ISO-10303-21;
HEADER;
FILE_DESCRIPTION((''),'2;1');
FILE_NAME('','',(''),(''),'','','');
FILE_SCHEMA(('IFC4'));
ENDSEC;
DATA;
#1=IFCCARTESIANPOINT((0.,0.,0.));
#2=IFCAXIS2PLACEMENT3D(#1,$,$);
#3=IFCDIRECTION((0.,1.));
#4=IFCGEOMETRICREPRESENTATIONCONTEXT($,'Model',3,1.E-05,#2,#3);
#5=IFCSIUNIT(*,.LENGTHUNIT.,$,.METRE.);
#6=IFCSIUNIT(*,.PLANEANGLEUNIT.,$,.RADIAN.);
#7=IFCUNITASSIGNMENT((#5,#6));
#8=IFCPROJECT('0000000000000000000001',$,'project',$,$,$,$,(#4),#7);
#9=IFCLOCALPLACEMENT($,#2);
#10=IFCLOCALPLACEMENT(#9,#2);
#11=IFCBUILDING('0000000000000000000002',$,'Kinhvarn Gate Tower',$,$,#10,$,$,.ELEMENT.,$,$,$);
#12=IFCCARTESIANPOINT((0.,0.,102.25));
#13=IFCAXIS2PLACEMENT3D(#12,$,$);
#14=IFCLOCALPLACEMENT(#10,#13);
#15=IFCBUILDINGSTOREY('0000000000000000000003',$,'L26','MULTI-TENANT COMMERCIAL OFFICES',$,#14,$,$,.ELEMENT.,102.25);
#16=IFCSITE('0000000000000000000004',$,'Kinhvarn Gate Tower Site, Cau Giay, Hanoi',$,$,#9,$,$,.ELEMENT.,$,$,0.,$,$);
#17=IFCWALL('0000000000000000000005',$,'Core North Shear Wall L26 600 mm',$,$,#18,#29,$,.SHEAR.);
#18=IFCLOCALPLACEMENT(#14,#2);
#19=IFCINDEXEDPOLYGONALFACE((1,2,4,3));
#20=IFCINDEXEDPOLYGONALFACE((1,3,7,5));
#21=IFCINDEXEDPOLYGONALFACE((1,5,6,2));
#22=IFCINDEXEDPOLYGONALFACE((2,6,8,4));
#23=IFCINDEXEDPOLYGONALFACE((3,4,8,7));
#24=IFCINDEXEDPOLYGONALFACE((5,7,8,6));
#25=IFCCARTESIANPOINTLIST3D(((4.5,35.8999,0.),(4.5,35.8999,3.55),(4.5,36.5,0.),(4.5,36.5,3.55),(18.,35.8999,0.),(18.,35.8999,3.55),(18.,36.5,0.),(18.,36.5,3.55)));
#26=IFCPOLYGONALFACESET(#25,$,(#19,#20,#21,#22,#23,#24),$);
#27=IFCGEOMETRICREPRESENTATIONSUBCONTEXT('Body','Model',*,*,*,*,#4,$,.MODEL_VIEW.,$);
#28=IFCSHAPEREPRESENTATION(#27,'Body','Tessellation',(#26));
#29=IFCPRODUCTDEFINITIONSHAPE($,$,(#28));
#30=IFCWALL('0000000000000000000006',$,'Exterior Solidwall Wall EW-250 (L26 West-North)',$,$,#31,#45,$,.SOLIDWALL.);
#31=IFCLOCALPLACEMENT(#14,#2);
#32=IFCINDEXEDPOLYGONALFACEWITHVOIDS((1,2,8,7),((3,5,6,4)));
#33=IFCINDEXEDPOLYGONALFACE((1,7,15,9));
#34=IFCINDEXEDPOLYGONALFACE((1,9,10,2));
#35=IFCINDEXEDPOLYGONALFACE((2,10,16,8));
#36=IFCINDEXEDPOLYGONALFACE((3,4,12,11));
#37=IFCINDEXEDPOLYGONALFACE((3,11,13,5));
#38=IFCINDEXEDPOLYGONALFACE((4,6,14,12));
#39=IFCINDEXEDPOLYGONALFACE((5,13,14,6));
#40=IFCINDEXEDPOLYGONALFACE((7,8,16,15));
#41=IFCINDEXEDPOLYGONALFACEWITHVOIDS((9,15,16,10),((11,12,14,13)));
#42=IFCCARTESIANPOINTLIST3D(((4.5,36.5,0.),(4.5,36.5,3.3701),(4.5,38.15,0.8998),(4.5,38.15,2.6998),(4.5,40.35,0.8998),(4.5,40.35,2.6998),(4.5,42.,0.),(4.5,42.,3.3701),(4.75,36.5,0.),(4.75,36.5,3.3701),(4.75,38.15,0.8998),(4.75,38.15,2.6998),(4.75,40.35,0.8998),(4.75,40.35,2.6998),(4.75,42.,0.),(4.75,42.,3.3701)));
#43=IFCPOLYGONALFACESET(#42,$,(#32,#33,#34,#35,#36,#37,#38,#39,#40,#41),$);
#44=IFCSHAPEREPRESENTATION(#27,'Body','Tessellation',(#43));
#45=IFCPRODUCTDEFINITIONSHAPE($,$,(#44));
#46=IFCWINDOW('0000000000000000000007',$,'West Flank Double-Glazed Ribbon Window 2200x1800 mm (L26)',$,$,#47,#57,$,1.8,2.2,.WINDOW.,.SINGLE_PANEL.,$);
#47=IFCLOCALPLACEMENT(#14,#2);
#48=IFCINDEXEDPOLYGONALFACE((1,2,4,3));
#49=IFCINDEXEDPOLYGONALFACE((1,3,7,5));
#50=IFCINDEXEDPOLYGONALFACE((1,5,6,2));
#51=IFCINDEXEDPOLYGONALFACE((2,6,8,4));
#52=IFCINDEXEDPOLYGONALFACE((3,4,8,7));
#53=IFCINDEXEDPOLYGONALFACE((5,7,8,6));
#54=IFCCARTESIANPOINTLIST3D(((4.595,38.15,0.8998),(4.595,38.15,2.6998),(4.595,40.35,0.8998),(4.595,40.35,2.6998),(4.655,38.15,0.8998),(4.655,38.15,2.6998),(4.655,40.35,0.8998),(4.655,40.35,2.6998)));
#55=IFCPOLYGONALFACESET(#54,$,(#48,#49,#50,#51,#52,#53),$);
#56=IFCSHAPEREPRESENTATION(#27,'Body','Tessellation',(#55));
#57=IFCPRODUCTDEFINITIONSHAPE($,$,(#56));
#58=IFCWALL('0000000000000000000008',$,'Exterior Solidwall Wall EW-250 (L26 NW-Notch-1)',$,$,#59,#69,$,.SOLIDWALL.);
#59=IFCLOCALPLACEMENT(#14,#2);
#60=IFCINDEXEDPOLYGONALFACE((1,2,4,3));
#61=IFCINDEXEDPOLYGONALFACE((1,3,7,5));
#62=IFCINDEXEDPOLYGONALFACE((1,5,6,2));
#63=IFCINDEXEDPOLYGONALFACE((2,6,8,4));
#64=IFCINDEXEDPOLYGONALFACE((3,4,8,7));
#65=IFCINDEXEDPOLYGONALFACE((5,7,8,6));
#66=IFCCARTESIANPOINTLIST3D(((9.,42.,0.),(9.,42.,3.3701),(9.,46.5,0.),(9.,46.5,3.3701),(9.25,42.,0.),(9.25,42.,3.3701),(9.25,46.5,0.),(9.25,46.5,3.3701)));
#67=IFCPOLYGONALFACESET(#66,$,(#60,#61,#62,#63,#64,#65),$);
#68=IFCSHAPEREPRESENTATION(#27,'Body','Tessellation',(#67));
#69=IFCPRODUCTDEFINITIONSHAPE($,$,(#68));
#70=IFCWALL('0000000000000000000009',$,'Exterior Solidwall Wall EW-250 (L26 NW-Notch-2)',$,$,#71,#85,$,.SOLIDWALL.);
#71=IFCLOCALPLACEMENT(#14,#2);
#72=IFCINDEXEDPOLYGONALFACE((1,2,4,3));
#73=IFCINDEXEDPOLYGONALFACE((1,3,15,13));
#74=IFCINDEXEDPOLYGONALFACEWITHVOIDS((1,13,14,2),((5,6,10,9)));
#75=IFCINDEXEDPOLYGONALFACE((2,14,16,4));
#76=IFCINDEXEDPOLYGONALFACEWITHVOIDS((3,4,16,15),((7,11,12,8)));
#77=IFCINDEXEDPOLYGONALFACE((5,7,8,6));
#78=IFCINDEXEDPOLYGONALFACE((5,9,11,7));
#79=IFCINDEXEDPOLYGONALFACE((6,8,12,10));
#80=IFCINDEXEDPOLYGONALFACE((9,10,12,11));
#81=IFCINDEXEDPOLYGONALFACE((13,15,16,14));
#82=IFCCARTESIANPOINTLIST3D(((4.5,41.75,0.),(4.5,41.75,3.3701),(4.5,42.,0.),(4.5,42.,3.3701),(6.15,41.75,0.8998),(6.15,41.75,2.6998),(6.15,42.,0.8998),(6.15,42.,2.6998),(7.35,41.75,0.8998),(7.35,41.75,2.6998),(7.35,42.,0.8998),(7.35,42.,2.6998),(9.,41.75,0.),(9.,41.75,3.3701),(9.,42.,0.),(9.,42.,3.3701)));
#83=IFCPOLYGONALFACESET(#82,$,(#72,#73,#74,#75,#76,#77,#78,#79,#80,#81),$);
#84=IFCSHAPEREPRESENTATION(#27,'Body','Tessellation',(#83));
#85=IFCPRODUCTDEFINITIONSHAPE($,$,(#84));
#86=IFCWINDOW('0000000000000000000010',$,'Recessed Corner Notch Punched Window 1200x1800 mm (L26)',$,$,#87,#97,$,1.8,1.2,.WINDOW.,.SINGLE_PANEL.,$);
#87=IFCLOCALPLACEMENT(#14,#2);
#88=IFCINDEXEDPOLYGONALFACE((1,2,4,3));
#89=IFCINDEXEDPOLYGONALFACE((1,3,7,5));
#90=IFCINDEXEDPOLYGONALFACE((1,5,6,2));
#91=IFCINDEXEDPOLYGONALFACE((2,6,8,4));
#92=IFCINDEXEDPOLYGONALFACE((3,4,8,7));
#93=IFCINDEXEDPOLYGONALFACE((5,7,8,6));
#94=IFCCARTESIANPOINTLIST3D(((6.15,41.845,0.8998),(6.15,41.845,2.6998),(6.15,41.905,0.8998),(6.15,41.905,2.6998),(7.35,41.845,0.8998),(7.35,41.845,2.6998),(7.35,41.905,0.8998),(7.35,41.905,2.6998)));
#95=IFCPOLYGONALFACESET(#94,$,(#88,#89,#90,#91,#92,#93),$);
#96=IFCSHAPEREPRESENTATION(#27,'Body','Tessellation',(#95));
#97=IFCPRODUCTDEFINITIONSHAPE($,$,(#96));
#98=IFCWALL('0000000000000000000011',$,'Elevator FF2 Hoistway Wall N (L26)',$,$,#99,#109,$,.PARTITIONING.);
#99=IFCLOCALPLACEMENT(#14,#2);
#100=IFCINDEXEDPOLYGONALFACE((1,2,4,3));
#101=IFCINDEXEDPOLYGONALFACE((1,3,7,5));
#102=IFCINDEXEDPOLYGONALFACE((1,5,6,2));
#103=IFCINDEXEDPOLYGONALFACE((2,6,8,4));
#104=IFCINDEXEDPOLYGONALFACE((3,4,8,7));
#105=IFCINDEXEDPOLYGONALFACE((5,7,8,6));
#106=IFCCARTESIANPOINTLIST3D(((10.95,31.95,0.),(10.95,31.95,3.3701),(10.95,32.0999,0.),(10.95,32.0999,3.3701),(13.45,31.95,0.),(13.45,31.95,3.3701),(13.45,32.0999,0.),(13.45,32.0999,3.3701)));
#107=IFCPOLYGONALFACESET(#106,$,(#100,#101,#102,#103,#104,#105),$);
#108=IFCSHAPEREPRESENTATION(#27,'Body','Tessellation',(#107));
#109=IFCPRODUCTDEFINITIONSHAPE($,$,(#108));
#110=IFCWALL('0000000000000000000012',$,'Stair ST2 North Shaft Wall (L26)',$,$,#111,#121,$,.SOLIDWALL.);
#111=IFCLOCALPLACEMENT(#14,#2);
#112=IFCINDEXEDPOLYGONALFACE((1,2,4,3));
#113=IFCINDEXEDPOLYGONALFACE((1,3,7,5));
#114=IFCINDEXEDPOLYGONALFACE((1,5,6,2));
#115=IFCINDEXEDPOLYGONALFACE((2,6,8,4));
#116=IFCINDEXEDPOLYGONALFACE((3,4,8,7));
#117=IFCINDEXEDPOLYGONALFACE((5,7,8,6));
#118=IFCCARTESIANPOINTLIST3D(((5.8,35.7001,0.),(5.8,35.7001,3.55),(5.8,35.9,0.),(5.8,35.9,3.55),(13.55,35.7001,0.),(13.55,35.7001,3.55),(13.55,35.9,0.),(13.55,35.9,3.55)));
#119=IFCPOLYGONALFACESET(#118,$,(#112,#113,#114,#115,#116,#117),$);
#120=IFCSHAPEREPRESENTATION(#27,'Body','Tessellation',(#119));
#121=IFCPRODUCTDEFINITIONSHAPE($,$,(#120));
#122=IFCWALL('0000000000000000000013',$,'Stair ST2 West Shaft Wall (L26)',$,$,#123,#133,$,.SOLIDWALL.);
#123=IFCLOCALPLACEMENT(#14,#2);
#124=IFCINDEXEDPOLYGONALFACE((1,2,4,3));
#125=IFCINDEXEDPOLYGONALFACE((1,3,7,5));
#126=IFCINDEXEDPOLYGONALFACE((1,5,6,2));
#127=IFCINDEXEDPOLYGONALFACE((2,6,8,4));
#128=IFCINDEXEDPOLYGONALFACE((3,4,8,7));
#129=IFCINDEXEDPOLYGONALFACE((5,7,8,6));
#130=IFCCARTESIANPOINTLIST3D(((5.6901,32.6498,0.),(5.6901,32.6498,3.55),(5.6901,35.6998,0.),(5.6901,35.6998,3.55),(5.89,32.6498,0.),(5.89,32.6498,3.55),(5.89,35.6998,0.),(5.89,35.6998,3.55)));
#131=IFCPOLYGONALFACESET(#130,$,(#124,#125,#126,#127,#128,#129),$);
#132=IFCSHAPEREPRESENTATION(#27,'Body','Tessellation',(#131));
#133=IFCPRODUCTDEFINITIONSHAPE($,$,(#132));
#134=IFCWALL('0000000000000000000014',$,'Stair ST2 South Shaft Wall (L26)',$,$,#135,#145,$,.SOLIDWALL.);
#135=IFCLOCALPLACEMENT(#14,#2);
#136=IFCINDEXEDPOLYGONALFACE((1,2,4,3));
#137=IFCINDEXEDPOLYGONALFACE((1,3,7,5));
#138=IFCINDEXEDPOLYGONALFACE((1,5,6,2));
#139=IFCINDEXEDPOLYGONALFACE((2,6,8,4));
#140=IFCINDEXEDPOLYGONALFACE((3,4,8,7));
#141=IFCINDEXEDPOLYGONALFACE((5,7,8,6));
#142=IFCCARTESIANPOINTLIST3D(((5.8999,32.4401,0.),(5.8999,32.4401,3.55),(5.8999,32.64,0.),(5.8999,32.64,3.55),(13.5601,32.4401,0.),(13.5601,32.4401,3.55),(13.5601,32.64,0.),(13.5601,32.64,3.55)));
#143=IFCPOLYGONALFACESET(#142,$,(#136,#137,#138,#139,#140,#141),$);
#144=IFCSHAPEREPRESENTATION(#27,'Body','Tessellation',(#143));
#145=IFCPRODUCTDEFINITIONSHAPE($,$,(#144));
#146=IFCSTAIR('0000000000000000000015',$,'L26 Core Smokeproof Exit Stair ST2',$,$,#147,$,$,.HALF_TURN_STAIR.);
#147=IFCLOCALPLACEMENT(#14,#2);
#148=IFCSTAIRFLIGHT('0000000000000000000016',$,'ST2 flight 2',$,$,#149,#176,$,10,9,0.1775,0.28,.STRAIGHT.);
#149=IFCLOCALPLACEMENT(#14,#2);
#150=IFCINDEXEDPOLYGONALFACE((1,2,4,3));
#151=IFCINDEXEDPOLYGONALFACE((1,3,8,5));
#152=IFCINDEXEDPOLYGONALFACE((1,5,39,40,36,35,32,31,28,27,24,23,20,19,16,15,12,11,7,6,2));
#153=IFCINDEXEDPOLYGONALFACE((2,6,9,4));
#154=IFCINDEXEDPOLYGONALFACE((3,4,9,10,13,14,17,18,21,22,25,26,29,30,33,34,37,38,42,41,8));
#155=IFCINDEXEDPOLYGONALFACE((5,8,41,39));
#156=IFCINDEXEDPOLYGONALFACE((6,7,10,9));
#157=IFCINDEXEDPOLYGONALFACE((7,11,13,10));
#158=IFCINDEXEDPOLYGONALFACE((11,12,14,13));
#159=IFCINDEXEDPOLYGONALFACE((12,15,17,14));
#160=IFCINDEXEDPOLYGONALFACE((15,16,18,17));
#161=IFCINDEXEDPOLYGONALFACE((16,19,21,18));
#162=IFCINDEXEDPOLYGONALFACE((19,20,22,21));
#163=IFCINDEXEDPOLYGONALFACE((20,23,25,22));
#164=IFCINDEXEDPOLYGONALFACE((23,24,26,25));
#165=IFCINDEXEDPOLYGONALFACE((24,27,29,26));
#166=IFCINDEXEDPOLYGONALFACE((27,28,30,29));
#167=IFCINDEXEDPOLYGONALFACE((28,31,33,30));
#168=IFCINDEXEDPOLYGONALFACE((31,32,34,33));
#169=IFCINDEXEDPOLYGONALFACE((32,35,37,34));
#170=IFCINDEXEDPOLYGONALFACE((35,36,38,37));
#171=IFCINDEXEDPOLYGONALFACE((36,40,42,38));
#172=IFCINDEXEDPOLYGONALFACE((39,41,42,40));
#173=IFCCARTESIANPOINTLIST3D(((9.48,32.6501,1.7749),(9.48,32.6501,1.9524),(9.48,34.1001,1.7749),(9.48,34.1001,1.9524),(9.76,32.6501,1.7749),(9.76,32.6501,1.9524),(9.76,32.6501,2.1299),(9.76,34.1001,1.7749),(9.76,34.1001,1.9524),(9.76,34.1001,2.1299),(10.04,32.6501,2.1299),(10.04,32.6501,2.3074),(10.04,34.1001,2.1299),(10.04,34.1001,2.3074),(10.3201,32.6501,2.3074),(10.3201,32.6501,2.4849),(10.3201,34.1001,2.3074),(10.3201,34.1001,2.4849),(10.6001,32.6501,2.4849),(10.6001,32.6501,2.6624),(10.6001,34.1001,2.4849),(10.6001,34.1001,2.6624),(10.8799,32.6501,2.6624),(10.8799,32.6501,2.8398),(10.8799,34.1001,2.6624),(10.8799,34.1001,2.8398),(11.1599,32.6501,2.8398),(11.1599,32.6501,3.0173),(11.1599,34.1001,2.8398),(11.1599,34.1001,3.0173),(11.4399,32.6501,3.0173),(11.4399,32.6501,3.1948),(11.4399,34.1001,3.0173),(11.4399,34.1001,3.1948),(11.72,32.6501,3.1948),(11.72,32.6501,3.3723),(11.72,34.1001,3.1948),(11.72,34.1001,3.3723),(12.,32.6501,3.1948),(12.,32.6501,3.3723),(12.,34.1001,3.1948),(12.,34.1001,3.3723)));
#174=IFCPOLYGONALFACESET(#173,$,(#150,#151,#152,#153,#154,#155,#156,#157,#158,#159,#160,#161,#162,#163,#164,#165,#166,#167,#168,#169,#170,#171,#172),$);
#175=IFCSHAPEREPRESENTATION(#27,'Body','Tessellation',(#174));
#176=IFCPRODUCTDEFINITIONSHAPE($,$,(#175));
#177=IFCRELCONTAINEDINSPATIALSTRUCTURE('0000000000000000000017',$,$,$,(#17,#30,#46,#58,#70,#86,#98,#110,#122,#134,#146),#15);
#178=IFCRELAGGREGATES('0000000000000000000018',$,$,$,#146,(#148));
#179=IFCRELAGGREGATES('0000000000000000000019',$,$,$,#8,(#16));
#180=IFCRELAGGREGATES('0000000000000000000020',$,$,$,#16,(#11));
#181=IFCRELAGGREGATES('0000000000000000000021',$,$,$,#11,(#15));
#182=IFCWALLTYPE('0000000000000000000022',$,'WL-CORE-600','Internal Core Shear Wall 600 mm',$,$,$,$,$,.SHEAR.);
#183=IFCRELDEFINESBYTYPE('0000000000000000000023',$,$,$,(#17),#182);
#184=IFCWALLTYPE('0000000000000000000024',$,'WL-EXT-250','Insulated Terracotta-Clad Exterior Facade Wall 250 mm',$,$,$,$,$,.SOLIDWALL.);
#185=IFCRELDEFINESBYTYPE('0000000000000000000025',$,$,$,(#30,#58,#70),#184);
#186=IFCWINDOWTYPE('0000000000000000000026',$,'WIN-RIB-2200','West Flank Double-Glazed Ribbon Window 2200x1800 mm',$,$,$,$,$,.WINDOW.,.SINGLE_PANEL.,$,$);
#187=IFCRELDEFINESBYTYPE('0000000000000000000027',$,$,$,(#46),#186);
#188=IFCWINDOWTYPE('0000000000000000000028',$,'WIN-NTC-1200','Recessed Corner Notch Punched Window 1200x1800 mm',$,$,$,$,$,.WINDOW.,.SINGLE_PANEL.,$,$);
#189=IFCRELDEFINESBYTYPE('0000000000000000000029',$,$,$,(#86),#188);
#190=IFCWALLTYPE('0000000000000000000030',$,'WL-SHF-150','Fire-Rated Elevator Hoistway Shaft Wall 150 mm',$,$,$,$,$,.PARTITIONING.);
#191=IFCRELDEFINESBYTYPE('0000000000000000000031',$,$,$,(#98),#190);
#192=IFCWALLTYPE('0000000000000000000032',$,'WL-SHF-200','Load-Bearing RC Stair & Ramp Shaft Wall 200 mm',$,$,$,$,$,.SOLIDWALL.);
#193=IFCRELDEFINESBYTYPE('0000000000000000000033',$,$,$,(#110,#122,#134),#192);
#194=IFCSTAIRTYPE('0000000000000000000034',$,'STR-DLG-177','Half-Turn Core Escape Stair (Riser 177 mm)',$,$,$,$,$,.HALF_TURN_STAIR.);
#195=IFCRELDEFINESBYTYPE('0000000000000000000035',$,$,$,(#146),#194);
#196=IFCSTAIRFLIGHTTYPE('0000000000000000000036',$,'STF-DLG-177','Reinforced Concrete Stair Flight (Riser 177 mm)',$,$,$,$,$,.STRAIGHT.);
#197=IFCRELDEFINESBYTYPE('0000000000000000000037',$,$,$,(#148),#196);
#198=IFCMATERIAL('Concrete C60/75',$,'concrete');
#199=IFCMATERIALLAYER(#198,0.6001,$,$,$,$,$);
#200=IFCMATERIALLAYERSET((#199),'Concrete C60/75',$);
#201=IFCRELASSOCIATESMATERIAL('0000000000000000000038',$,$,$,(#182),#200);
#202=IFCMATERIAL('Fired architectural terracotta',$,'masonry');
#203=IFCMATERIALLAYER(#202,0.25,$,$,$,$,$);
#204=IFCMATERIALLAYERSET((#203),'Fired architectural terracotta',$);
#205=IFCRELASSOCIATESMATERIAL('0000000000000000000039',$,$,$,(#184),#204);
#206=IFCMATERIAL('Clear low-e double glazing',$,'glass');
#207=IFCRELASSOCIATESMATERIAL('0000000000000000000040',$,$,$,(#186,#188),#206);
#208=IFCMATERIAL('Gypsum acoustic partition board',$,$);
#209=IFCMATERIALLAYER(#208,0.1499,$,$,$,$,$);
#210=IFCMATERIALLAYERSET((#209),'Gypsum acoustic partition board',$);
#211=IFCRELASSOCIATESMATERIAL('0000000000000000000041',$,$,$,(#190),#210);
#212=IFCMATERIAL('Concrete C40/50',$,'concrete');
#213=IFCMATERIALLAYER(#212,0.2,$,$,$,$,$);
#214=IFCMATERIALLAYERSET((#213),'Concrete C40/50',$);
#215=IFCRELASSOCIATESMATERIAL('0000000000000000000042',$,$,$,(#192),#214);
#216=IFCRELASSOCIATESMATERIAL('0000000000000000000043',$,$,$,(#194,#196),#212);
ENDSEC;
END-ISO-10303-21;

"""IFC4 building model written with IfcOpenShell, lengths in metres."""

from ifc_helpers import new_model, si_unit, direction, frame, frame_2d, origin, place, context, subcontext, project, spatial, polyline, rectangle, outline, extrude, material, layer, layer_set, type_object, element, fill, aggregate, save


model = new_model("IFC4")

# Units and contexts
model_context = context("Model", 3, precision=1e-05, world=origin(), true_north=direction((0.0, 1.0)))
body_context = subcontext(model_context, "Body", "Model", "MODEL_VIEW")
ifc_project = project(units=[si_unit("LENGTHUNIT", "METRE"), si_unit("PLANEANGLEUNIT", "RADIAN")], contexts=[model_context])

# Site, building, storey
site_placement = place(None, origin())
site = spatial("IfcSite", under=ifc_project, at=site_placement, Name="Kinhvarn Gate Tower Site, Cau Giay, Hanoi", CompositionType="ELEMENT", RefElevation=0.0)
building_placement = place(site_placement, origin())
building = spatial("IfcBuilding", under=site, at=building_placement, Name="Kinhvarn Gate Tower", CompositionType="ELEMENT")
storey_placement = place(building_placement, frame((0.0, 0.0, 102.25)))
storey = spatial("IfcBuildingStorey", under=building, at=storey_placement, Name="L26", Description="MULTI-TENANT COMMERCIAL OFFICES", CompositionType="ELEMENT", Elevation=102.25)

# Shared definitions
ifc_material_1 = material(Name="Concrete C60/75", Category="concrete")

# Shared definitions
ifc_material_2 = material(Name="Clear low-e double glazing", Category="glass")

# Wall
ifc_layer_1 = layer(ifc_material_1, 0.6001)
ifc_layer_set_1 = layer_set([ifc_layer_1], Name="Concrete C60/75")
wall_type_1 = type_object("IfcWallType", Name="WL-CORE-600", Description="Internal Core Shear Wall 600 mm", PredefinedType="SHEAR", material=ifc_layer_set_1)
wall_1_placement = place(storey_placement, frame((4.5, 36.2, 0.0), z_axis=(0.0, 0.0, 1.0), x_axis=(1.0, 0.0, 0.0)))
element("IfcWall", 1, at=wall_1_placement, inside=storey, type_object=wall_type_1, Name="Core North Shear Wall L26 600 mm", PredefinedType="SHEAR", context=body_context, shape_type="SweptSolid", body=[
    extrude(rectangle(XDim=13.5, YDim=0.6001, at=frame_2d((6.75, 0.0))), origin(), (0.0, 0.0, 1.0), 3.55),
])

# Wall, opening, window
ifc_material_3 = material(Name="Fired architectural terracotta", Category="masonry")
ifc_layer_2 = layer(ifc_material_3, 0.25)
ifc_layer_set_2 = layer_set([ifc_layer_2], Name="Fired architectural terracotta")
wall_type_2 = type_object("IfcWallType", Name="WL-EXT-250", Description="Insulated Terracotta-Clad Exterior Facade Wall 250 mm", PredefinedType="SOLIDWALL", material=ifc_layer_set_2)
wall_2_placement = place(storey_placement, frame((4.625, 42.0, 0.0), z_axis=(0.0, 0.0, 1.0), x_axis=(0.0, -1.0, 0.0)))
wall_2 = element("IfcWall", 2, at=wall_2_placement, inside=storey, type_object=wall_type_2, Name="Exterior Solidwall Wall EW-250 (L26 West-North)", PredefinedType="SOLIDWALL", context=body_context, shape_type="SweptSolid", body=[
    extrude(rectangle(XDim=5.5, YDim=0.25, at=frame_2d((2.75, 0.0))), origin(), (0.0, 0.0, 1.0), 3.3701),
])
opening_1_placement = place(wall_2_placement, frame((1.6499, 0.0, 0.8999)))
opening_1 = element("IfcOpeningElement", 3, at=opening_1_placement, cuts=wall_2, PredefinedType="OPENING", context=body_context, shape_type="SweptSolid", body=[
    extrude(rectangle(XDim=2.2, YDim=1.8, at=frame_2d((1.1001, 0.8999))), frame((0.0, 0.135, 0.0), z_axis=(0.0, -1.0, 0.0), x_axis=(1.0, 0.0, 0.0)), (0.0, 0.0, 1.0), 0.27),
])
window_type_1 = type_object("IfcWindowType", Name="WIN-RIB-2200", Description="West Flank Double-Glazed Ribbon Window 2200x1800 mm", PartitioningType="SINGLE_PANEL", PredefinedType="WINDOW", material=ifc_material_2)
window_1_placement = place(opening_1_placement, origin())
window_1 = element("IfcWindow", 4, at=window_1_placement, inside=storey, type_object=window_type_1, Name="West Flank Double-Glazed Ribbon Window 2200x1800 mm (L26)", OverallHeight=1.8, OverallWidth=2.2, PartitioningType="SINGLE_PANEL", PredefinedType="WINDOW", context=body_context, shape_type="SweptSolid", body=[
    extrude(rectangle(XDim=2.2, YDim=1.8, at=frame_2d((1.1001, 0.8999))), frame((0.0, 0.03, 0.0), z_axis=(0.0, -1.0, 0.0), x_axis=(1.0, 0.0, 0.0)), (0.0, 0.0, 1.0), 0.0601),
])
fill(opening_1, window_1)

# Wall
wall_3_placement = place(storey_placement, frame((9.125, 46.5, 0.0), z_axis=(0.0, 0.0, 1.0), x_axis=(0.0, -1.0, 0.0)))
element("IfcWall", 5, at=wall_3_placement, inside=storey, type_object=wall_type_2, Name="Exterior Solidwall Wall EW-250 (L26 NW-Notch-1)", PredefinedType="SOLIDWALL", context=body_context, shape_type="SweptSolid", body=[
    extrude(rectangle(XDim=4.5, YDim=0.25, at=frame_2d((2.25, 0.0))), origin(), (0.0, 0.0, 1.0), 3.3701),
])

# Wall, opening, window
wall_4_placement = place(storey_placement, frame((9.0, 41.875, 0.0), z_axis=(0.0, 0.0, 1.0), x_axis=(-1.0, 0.0, 0.0)))
wall_4 = element("IfcWall", 6, at=wall_4_placement, inside=storey, type_object=wall_type_2, Name="Exterior Solidwall Wall EW-250 (L26 NW-Notch-2)", PredefinedType="SOLIDWALL", context=body_context, shape_type="SweptSolid", body=[
    extrude(rectangle(XDim=4.5, YDim=0.25, at=frame_2d((2.25, 0.0))), origin(), (0.0, 0.0, 1.0), 3.3701),
])
opening_2_placement = place(wall_4_placement, frame((1.6499, 0.0, 0.8999)))
opening_2 = element("IfcOpeningElement", 7, at=opening_2_placement, cuts=wall_4, PredefinedType="OPENING", context=body_context, shape_type="SweptSolid", body=[
    extrude(rectangle(XDim=1.2, YDim=1.8, at=frame_2d((0.6001, 0.8999))), frame((0.0, 0.135, 0.0), z_axis=(0.0, -1.0, 0.0), x_axis=(1.0, 0.0, 0.0)), (0.0, 0.0, 1.0), 0.27),
])
window_type_2 = type_object("IfcWindowType", Name="WIN-NTC-1200", Description="Recessed Corner Notch Punched Window 1200x1800 mm", PartitioningType="SINGLE_PANEL", PredefinedType="WINDOW", material=ifc_material_2)
window_2_placement = place(opening_2_placement, origin())
window_2 = element("IfcWindow", 8, at=window_2_placement, inside=storey, type_object=window_type_2, Name="Recessed Corner Notch Punched Window 1200x1800 mm (L26)", OverallHeight=1.8, OverallWidth=1.2, PartitioningType="SINGLE_PANEL", PredefinedType="WINDOW", context=body_context, shape_type="SweptSolid", body=[
    extrude(rectangle(XDim=1.2, YDim=1.8, at=frame_2d((0.6001, 0.8999))), frame((0.0, 0.03, 0.0), z_axis=(0.0, -1.0, 0.0), x_axis=(1.0, 0.0, 0.0)), (0.0, 0.0, 1.0), 0.0601),
])
fill(opening_2, window_2)

# Walls
ifc_material_4 = material(Name="Gypsum acoustic partition board")
ifc_layer_3 = layer(ifc_material_4, 0.1499)
ifc_layer_set_3 = layer_set([ifc_layer_3], Name="Gypsum acoustic partition board")
wall_type_3 = type_object("IfcWallType", Name="WL-SHF-150", Description="Fire-Rated Elevator Hoistway Shaft Wall 150 mm", PredefinedType="PARTITIONING", material=ifc_layer_set_3)
wall_5_placement = place(storey_placement, frame((10.95, 32.0249, 0.0), z_axis=(0.0, 0.0, 1.0), x_axis=(1.0, 0.0, 0.0)))
element("IfcWall", 9, at=wall_5_placement, inside=storey, type_object=wall_type_3, Name="Elevator FF2 Hoistway Wall N (L26)", PredefinedType="PARTITIONING", context=body_context, shape_type="SweptSolid", body=[
    extrude(rectangle(XDim=2.5, YDim=0.1499, at=frame_2d((1.25, 0.0))), origin(), (0.0, 0.0, 1.0), 3.3701),
])
ifc_material_5 = material(Name="Concrete C40/50", Category="concrete")
ifc_layer_4 = layer(ifc_material_5, 0.2)
ifc_layer_set_4 = layer_set([ifc_layer_4], Name="Concrete C40/50")
wall_type_4 = type_object("IfcWallType", Name="WL-SHF-200", Description="Load-Bearing RC Stair & Ramp Shaft Wall 200 mm", PredefinedType="SOLIDWALL", material=ifc_layer_set_4)
wall_6_placement = place(storey_placement, frame((5.8, 35.8, 0.0), z_axis=(0.0, 0.0, 1.0), x_axis=(1.0, 0.0, 0.0)))
element("IfcWall", 10, at=wall_6_placement, inside=storey, type_object=wall_type_4, Name="Stair ST2 North Shaft Wall (L26)", PredefinedType="SOLIDWALL", context=body_context, shape_type="SweptSolid", body=[
    extrude(rectangle(XDim=7.75, YDim=0.2, at=frame_2d((3.875, 0.0))), origin(), (0.0, 0.0, 1.0), 3.55),
])
wall_7_placement = place(storey_placement, frame((5.79, 32.6499, 0.0), z_axis=(0.0, 0.0, 1.0), x_axis=(0.0, 1.0, 0.0)))
element("IfcWall", 11, at=wall_7_placement, inside=storey, type_object=wall_type_4, Name="Stair ST2 West Shaft Wall (L26)", PredefinedType="SOLIDWALL", context=body_context, shape_type="SweptSolid", body=[
    extrude(rectangle(XDim=3.05, YDim=0.2, at=frame_2d((1.5249, 0.0))), origin(), (0.0, 0.0, 1.0), 3.55),
])
wall_8_placement = place(storey_placement, frame((5.8999, 32.54, 0.0), z_axis=(0.0, 0.0, 1.0), x_axis=(1.0, 0.0, 0.0)))
element("IfcWall", 12, at=wall_8_placement, inside=storey, type_object=wall_type_4, Name="Stair ST2 South Shaft Wall (L26)", PredefinedType="SOLIDWALL", context=body_context, shape_type="SweptSolid", body=[
    extrude(rectangle(XDim=7.6602, YDim=0.2, at=frame_2d((3.8301, 0.0))), origin(), (0.0, 0.0, 1.0), 3.55),
])

# Stair, stair flight
stair_type = type_object("IfcStairType", Name="STR-DLG-177", Description="Half-Turn Core Escape Stair (Riser 177 mm)", PredefinedType="HALF_TURN_STAIR", material=ifc_material_5)
stair_placement = place(storey_placement, origin())
stair = element("IfcStair", 13, at=stair_placement, inside=storey, type_object=stair_type, Name="L26 Core Smokeproof Exit Stair ST2", PredefinedType="HALF_TURN_STAIR")
stair_flight_type = type_object("IfcStairFlightType", Name="STF-DLG-177", Description="Reinforced Concrete Stair Flight (Riser 177 mm)", PredefinedType="STRAIGHT", material=ifc_material_5)
stair_flight_placement = place(storey_placement, frame((9.48, 33.375, 1.7749), z_axis=(0.0, 0.0, 1.0), x_axis=(1.0, 0.0, 0.0)))
stair_flight = element("IfcStairFlight", 14, at=stair_flight_placement, type_object=stair_flight_type, Name="ST2 flight 2", NumberOfRisers=10, NumberOfTreads=9, PredefinedType="STRAIGHT", RiserHeight=0.1775, TreadLength=0.28, context=body_context, shape_type="SweptSolid", body=[
    extrude(outline(polyline([(0.0, 0.0), (0.0, 0.1775), (0.28, 0.1775), (0.28, 0.355), (0.5601, 0.355), (0.5601, 0.5325), (0.8401, 0.5325), (0.8401, 0.71), (1.1201, 0.71), (1.1201, 0.8875), (1.3999, 0.8875), (1.3999, 1.0649), (1.6799, 1.0649), (1.6799, 1.2424), (1.96, 1.2424), (1.96, 1.4199), (2.24, 1.4199), (2.24, 1.5974), (2.52, 1.5974), (2.52, 1.7749), (2.52, 1.4199), (0.28, 0.0), (0.0, 0.0)])), frame((0.0, 0.7251, 0.0), z_axis=(0.0, -1.0, 0.0), x_axis=(1.0, 0.0, 0.0)), (0.0, 0.0, 1.0), 1.45),
])
aggregate(stair, [stair_flight])

save(model, "model.ifc")
